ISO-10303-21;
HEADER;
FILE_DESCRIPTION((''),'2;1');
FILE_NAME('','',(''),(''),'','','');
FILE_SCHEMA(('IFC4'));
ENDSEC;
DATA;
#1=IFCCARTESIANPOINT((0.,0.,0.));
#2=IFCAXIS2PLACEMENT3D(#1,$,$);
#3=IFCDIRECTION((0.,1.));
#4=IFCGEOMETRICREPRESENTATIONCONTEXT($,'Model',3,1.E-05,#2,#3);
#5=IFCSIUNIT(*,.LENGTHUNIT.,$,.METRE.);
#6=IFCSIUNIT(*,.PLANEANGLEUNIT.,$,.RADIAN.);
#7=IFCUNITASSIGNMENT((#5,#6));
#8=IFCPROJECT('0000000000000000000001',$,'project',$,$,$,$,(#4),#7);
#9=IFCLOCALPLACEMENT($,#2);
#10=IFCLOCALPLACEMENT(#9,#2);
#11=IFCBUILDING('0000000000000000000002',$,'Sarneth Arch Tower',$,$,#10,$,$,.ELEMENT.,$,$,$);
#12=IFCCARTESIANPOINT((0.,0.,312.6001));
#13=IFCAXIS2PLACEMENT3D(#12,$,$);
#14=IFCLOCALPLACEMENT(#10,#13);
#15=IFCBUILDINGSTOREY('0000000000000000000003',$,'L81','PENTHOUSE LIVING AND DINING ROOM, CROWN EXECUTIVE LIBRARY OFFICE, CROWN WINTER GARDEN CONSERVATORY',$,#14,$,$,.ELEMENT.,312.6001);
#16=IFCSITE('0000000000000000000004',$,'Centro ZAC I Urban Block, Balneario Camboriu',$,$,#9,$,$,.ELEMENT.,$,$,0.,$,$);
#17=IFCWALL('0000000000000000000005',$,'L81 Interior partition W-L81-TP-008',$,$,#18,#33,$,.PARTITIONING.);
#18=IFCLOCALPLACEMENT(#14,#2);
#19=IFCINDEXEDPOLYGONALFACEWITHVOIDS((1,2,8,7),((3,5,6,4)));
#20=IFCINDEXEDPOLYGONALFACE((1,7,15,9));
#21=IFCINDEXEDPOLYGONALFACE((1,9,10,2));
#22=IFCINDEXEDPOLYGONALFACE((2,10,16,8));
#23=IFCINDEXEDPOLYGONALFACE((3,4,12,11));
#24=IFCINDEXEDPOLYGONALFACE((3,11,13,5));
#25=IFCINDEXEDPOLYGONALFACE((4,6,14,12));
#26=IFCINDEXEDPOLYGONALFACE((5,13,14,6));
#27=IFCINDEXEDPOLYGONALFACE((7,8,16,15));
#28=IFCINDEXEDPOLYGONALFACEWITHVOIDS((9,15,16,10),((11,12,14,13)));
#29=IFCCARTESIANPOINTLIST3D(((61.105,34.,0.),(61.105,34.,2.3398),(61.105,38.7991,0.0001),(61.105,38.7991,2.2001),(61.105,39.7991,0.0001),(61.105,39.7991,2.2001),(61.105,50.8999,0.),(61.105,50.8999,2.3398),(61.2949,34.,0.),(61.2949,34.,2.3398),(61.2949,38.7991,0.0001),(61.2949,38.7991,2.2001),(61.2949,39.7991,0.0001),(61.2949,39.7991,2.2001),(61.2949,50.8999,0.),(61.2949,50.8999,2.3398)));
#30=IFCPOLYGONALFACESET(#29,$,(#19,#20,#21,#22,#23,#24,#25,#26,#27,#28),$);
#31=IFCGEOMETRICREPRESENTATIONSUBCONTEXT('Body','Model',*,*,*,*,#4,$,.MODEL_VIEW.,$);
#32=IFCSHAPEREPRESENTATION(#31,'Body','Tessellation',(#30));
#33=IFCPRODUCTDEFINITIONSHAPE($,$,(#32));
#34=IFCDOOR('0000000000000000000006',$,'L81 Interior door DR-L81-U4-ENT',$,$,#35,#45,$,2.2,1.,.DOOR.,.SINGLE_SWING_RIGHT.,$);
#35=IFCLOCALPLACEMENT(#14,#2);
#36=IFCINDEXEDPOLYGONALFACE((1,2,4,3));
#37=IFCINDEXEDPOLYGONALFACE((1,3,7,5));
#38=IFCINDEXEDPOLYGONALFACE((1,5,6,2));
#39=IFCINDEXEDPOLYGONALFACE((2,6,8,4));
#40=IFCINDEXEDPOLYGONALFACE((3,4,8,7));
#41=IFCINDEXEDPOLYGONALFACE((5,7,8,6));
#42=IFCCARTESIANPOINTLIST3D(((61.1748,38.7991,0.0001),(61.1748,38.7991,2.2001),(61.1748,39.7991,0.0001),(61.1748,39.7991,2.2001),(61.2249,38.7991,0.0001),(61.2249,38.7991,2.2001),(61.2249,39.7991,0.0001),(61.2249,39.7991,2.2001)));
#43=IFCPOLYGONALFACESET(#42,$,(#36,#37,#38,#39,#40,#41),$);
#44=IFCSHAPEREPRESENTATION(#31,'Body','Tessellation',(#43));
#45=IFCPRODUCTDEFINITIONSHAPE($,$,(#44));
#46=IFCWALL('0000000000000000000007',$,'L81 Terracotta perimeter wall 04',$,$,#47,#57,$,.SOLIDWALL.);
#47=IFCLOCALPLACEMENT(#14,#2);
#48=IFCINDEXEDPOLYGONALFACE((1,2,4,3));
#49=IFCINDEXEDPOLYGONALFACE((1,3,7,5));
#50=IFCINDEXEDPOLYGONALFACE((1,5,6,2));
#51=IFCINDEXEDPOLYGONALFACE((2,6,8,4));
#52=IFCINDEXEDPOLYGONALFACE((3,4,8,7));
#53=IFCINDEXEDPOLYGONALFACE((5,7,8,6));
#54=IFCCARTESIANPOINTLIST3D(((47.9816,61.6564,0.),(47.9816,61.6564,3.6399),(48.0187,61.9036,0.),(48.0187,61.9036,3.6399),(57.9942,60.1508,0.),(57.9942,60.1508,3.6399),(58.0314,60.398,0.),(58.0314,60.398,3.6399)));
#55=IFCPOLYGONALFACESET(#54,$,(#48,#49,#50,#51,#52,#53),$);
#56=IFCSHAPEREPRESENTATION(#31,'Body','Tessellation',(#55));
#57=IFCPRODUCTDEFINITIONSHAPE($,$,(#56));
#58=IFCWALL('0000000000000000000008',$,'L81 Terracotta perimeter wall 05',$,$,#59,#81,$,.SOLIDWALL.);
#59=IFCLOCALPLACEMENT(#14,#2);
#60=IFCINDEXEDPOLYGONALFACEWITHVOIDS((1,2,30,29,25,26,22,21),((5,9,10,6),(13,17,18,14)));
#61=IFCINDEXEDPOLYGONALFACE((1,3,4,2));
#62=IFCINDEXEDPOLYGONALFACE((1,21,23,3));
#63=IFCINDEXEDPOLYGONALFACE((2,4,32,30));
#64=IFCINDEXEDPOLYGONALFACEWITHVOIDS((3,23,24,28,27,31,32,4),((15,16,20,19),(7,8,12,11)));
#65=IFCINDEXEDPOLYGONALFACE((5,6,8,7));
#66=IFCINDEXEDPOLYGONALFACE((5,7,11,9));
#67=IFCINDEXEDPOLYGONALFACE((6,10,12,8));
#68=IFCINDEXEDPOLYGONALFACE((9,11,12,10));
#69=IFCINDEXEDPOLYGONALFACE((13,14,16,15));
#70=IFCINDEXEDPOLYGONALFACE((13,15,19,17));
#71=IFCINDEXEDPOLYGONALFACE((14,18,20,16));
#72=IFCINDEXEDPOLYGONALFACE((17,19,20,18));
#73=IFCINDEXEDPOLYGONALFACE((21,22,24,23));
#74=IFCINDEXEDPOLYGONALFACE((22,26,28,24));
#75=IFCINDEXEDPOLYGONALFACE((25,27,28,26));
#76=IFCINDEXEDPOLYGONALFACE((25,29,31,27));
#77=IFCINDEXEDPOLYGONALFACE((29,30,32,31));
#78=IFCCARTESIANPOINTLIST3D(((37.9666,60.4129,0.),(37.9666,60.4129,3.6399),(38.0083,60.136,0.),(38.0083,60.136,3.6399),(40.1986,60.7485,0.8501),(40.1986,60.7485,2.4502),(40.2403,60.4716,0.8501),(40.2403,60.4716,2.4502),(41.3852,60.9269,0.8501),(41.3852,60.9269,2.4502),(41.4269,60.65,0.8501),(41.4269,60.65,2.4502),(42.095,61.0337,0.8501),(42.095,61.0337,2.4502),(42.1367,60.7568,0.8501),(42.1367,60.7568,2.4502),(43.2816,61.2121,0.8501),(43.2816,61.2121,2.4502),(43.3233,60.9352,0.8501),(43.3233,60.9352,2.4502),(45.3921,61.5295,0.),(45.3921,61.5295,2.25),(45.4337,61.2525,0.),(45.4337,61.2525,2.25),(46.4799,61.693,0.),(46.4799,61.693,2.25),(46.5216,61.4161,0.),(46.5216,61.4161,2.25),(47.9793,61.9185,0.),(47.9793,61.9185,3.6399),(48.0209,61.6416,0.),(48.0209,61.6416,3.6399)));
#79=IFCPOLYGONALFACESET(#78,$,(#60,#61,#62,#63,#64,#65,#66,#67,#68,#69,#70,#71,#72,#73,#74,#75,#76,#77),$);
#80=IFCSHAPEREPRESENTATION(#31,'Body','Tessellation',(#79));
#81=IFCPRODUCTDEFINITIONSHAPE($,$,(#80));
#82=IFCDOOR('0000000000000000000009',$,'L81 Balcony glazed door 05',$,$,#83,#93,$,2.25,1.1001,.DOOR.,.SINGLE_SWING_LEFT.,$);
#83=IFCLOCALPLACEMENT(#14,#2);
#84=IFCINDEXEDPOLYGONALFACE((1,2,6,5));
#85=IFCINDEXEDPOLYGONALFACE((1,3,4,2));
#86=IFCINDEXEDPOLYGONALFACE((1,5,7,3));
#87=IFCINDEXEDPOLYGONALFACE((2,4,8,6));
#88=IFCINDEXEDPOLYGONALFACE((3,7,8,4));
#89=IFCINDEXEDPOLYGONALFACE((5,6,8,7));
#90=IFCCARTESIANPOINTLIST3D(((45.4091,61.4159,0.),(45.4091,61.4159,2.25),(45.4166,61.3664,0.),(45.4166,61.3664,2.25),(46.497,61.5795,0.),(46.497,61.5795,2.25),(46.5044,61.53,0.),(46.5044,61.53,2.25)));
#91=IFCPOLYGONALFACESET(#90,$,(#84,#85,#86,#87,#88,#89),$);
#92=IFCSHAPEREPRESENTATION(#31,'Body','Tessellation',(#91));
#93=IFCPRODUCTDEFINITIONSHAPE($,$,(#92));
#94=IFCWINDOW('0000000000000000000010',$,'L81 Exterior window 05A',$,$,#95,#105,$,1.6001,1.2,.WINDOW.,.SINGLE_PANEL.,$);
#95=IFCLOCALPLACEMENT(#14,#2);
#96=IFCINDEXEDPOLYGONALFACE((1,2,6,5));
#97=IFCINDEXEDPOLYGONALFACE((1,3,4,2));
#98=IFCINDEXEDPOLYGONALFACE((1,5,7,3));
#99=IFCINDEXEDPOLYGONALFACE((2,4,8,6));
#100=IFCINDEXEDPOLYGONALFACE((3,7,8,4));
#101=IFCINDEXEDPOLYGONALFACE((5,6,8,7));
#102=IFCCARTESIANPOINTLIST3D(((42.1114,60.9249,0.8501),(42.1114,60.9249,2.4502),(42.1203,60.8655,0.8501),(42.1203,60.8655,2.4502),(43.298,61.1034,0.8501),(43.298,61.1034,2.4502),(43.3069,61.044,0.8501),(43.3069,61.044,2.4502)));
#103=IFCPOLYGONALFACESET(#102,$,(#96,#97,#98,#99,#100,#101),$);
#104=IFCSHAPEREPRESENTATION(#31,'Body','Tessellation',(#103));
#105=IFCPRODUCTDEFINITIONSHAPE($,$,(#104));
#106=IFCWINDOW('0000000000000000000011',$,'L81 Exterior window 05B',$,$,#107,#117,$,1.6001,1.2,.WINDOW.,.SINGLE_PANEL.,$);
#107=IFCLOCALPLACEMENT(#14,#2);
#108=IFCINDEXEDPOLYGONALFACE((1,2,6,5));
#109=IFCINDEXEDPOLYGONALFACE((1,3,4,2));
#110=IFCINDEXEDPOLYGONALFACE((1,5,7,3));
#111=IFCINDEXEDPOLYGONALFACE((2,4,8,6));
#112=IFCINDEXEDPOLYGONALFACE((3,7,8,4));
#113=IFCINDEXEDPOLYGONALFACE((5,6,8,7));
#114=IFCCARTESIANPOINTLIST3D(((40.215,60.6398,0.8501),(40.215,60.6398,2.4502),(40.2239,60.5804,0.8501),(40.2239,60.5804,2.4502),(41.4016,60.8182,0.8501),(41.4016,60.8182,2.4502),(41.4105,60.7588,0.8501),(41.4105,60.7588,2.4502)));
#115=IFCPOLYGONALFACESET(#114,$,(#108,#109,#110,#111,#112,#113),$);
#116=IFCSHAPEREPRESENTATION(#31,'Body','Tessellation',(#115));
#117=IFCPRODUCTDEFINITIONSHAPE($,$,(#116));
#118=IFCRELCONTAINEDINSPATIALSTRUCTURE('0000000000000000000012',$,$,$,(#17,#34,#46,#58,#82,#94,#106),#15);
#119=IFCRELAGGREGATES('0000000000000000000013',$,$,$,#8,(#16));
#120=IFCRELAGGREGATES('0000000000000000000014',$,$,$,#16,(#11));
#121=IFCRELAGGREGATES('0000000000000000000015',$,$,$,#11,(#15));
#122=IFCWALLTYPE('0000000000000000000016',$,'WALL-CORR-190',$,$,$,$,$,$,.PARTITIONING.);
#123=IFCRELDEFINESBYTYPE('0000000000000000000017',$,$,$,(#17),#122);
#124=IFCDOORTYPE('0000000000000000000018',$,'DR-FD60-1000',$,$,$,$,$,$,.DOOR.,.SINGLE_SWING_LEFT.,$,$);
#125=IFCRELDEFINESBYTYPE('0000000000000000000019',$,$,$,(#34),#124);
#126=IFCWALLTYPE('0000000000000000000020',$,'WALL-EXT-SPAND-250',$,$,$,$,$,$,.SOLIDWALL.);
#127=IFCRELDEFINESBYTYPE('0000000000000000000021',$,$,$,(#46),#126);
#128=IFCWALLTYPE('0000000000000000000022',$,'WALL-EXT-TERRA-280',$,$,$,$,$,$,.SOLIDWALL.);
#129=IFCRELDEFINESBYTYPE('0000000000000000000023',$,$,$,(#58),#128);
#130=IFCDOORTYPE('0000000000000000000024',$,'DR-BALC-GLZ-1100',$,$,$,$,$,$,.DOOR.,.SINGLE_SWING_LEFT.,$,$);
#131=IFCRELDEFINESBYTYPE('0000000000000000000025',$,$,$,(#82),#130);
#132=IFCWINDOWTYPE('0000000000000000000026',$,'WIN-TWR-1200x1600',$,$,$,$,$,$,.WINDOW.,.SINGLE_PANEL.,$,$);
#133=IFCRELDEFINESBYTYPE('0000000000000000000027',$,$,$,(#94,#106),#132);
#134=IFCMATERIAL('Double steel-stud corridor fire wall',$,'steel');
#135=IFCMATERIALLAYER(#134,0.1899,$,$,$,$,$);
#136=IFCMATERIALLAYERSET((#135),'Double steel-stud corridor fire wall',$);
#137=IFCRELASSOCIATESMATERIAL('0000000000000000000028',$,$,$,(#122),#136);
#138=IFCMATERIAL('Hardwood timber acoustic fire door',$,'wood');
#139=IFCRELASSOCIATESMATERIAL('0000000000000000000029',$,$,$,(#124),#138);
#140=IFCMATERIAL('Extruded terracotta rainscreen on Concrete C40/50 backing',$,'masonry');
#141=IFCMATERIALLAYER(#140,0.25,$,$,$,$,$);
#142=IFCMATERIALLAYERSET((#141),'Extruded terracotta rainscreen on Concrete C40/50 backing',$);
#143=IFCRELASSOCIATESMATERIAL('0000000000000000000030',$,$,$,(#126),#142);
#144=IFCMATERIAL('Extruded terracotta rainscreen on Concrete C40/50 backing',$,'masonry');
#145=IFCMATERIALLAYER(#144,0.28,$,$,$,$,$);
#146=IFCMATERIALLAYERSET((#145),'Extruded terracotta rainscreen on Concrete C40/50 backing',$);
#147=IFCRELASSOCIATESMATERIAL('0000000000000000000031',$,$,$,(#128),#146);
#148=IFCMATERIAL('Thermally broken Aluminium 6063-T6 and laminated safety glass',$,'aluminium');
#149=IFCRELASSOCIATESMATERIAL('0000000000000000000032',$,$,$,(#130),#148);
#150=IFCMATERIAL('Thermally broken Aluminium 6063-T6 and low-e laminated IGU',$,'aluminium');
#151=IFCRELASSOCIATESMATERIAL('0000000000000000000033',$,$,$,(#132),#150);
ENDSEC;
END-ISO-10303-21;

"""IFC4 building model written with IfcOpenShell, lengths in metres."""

from ifc_helpers import new_model, si_unit, direction, frame, frame_2d, origin, place, context, subcontext, project, spatial, rectangle, extrude, material, layer, layer_set, type_object, element, fill, save


model = new_model("IFC4")

# Units and contexts
model_context = context("Model", 3, precision=1e-05, world=origin(), true_north=direction((0.0, 1.0)))
body_context = subcontext(model_context, "Body", "Model", "MODEL_VIEW")
ifc_project = project(units=[si_unit("LENGTHUNIT", "METRE"), si_unit("PLANEANGLEUNIT", "RADIAN")], contexts=[model_context])

# Site, building, storey
site_placement = place(None, origin())
site = spatial("IfcSite", under=ifc_project, at=site_placement, Name="Centro ZAC I Urban Block, Balneario Camboriu", CompositionType="ELEMENT", RefElevation=0.0)
building_placement = place(site_placement, origin())
building = spatial("IfcBuilding", under=site, at=building_placement, Name="Sarneth Arch Tower", CompositionType="ELEMENT")
storey_placement = place(building_placement, frame((0.0, 0.0, 312.6001)))
storey = spatial("IfcBuildingStorey", under=building, at=storey_placement, Name="L81", Description="PENTHOUSE LIVING AND DINING ROOM, CROWN EXECUTIVE LIBRARY OFFICE, CROWN WINTER GARDEN CONSERVATORY", CompositionType="ELEMENT", Elevation=312.6001)

# Wall, opening, door
ifc_material_1 = material(Name="Double steel-stud corridor fire wall", Category="steel")
ifc_layer_1 = layer(ifc_material_1, 0.1899)
ifc_layer_set_1 = layer_set([ifc_layer_1], Name="Double steel-stud corridor fire wall")
wall_type_1 = type_object("IfcWallType", Name="WALL-CORR-190", PredefinedType="PARTITIONING", material=ifc_layer_set_1)
wall_1_placement = place(storey_placement, frame((61.2, 50.8999, 0.0), z_axis=(0.0, 0.0, 1.0), x_axis=(0.0, -1.0, 0.0)))
wall_1 = element("IfcWall", 1, at=wall_1_placement, inside=storey, type_object=wall_type_1, Name="L81 Interior partition W-L81-TP-008", PredefinedType="PARTITIONING", context=body_context, shape_type="SweptSolid", body=[
    extrude(rectangle(XDim=16.8999, YDim=0.1899, at=frame_2d((8.45, 0.0))), origin(), (0.0, 0.0, 1.0), 2.3398),
])
opening_1_placement = place(wall_1_placement, frame((11.1008, 0.0, 0.0)))
opening_1 = element("IfcOpeningElement", 2, at=opening_1_placement, cuts=wall_1, PredefinedType="OPENING", context=body_context, shape_type="SweptSolid", body=[
    extrude(rectangle(XDim=1.0, YDim=2.2, at=frame_2d((0.5, 1.1001))), frame((0.0, 0.105, 0.0), z_axis=(0.0, -1.0, 0.0), x_axis=(1.0, 0.0, 0.0)), (0.0, 0.0, 1.0), 0.21),
])
ifc_material_2 = material(Name="Hardwood timber acoustic fire door", Category="wood")
door_type_1 = type_object("IfcDoorType", Name="DR-FD60-1000", OperationType="SINGLE_SWING_LEFT", PredefinedType="DOOR", material=ifc_material_2)
door_1_placement = place(opening_1_placement, origin())
door_1 = element("IfcDoor", 3, at=door_1_placement, inside=storey, type_object=door_type_1, Name="L81 Interior door DR-L81-U4-ENT", OperationType="SINGLE_SWING_RIGHT", OverallHeight=2.2, OverallWidth=1.0, PredefinedType="DOOR", context=body_context, shape_type="SweptSolid", body=[
    extrude(rectangle(XDim=1.0, YDim=2.2, at=frame_2d((0.5, 1.1001))), frame((0.0, 0.0249, 0.0), z_axis=(0.0, -1.0, 0.0), x_axis=(1.0, 0.0, 0.0)), (0.0, 0.0, 1.0), 0.05),
])
fill(opening_1, door_1)

# Wall
ifc_material_3 = material(Name="Extruded terracotta rainscreen on Concrete C40/50 backing", Category="masonry")
ifc_layer_2 = layer(ifc_material_3, 0.25)
ifc_layer_set_2 = layer_set([ifc_layer_2], Name="Extruded terracotta rainscreen on Concrete C40/50 backing")
wall_type_2 = type_object("IfcWallType", Name="WALL-EXT-SPAND-250", PredefinedType="SOLIDWALL", material=ifc_layer_set_2)
wall_2_placement = place(storey_placement, frame((58.0127, 60.2744, 0.0), z_axis=(0.0, 0.0, 1.0), x_axis=(-0.988883, 0.148699, 0.0)))
element("IfcWall", 4, at=wall_2_placement, inside=storey, type_object=wall_type_2, Name="L81 Terracotta perimeter wall 04", PredefinedType="SOLIDWALL", context=body_context, shape_type="SweptSolid", body=[
    extrude(rectangle(XDim=10.1252, YDim=0.25, at=frame_2d((5.0625, 0.0))), origin(), (0.0, 0.0, 1.0), 3.6399),
])

# Wall, openings, door, windows
ifc_material_4 = material(Name="Extruded terracotta rainscreen on Concrete C40/50 backing", Category="masonry")
ifc_layer_3 = layer(ifc_material_4, 0.28)
ifc_layer_set_3 = layer_set([ifc_layer_3], Name="Extruded terracotta rainscreen on Concrete C40/50 backing")
wall_type_3 = type_object("IfcWallType", Name="WALL-EXT-TERRA-280", PredefinedType="SOLIDWALL", material=ifc_layer_set_3)
wall_3_placement = place(storey_placement, frame((48.0, 61.78, 0.0), z_axis=(0.0, 0.0, 1.0), x_axis=(-0.988883, -0.148699, 0.0)))
wall_3 = element("IfcWall", 5, at=wall_3_placement, inside=storey, type_object=wall_type_3, Name="L81 Terracotta perimeter wall 05", PredefinedType="SOLIDWALL", context=body_context, shape_type="SweptSolid", body=[
    extrude(rectangle(XDim=10.1252, YDim=0.28, at=frame_2d((5.0625, 0.0))), origin(), (0.0, 0.0, 1.0), 3.6399),
])
opening_2_placement = place(wall_3_placement, frame((1.5161, 0.0, 0.0)))
opening_2 = element("IfcOpeningElement", 6, at=opening_2_placement, cuts=wall_3, PredefinedType="OPENING", context=body_context, shape_type="SweptSolid", body=[
    extrude(rectangle(XDim=1.1001, YDim=2.25, at=frame_2d((0.55, 1.125))), frame((0.0, 0.1499, 0.0), z_axis=(0.0, -1.0, 0.0), x_axis=(1.0, 0.0, 0.0)), (0.0, 0.0, 1.0), 0.3),
])
opening_3_placement = place(wall_3_placement, frame((4.7502, 0.0, 0.8501)))
opening_3 = element("IfcOpeningElement", 7, at=opening_3_placement, cuts=wall_3, PredefinedType="OPENING", context=body_context, shape_type="SweptSolid", body=[
    extrude(rectangle(XDim=1.2, YDim=1.6001, at=frame_2d((0.6001, 0.8))), frame((0.0, 0.1499, 0.0), z_axis=(0.0, -1.0, 0.0), x_axis=(1.0, 0.0, 0.0)), (0.0, 0.0, 1.0), 0.3),
])
opening_4_placement = place(wall_3_placement, frame((6.668, 0.0, 0.8501)))
opening_4 = element("IfcOpeningElement", 8, at=opening_4_placement, cuts=wall_3, PredefinedType="OPENING", context=body_context, shape_type="SweptSolid", body=[
    extrude(rectangle(XDim=1.2, YDim=1.6001, at=frame_2d((0.6001, 0.8))), frame((0.0, 0.1499, 0.0), z_axis=(0.0, -1.0, 0.0), x_axis=(1.0, 0.0, 0.0)), (0.0, 0.0, 1.0), 0.3),
])
ifc_material_5 = material(Name="Thermally broken Aluminium 6063-T6 and laminated safety glass", Category="aluminium")
door_type_2 = type_object("IfcDoorType", Name="DR-BALC-GLZ-1100", OperationType="SINGLE_SWING_LEFT", PredefinedType="DOOR", material=ifc_material_5)
door_2_placement = place(opening_2_placement, origin())
door_2 = element("IfcDoor", 9, at=door_2_placement, inside=storey, type_object=door_type_2, Name="L81 Balcony glazed door 05", OperationType="SINGLE_SWING_LEFT", OverallHeight=2.25, OverallWidth=1.1001, PredefinedType="DOOR", context=body_context, shape_type="SweptSolid", body=[
    extrude(rectangle(XDim=1.1001, YDim=2.25, at=frame_2d((0.55, 1.125))), frame((0.0, 0.0249, 0.0), z_axis=(0.0, -1.0, 0.0), x_axis=(1.0, 0.0, 0.0)), (0.0, 0.0, 1.0), 0.05),
])
fill(opening_2, door_2)
ifc_material_6 = material(Name="Thermally broken Aluminium 6063-T6 and low-e laminated IGU", Category="aluminium")
window_type = type_object("IfcWindowType", Name="WIN-TWR-1200x1600", PartitioningType="SINGLE_PANEL", PredefinedType="WINDOW", material=ifc_material_6)
window_1_placement = place(opening_3_placement, origin())
window_1 = element("IfcWindow", 10, at=window_1_placement, inside=storey, type_object=window_type, Name="L81 Exterior window 05A", OverallHeight=1.6001, OverallWidth=1.2, PartitioningType="SINGLE_PANEL", PredefinedType="WINDOW", context=body_context, shape_type="SweptSolid", body=[
    extrude(rectangle(XDim=1.2, YDim=1.6001, at=frame_2d((0.6001, 0.8))), frame((0.0, 0.03, 0.0), z_axis=(0.0, -1.0, 0.0), x_axis=(1.0, 0.0, 0.0)), (0.0, 0.0, 1.0), 0.0601),
])
fill(opening_3, window_1)
window_2_placement = place(opening_4_placement, origin())
window_2 = element("IfcWindow", 11, at=window_2_placement, inside=storey, type_object=window_type, Name="L81 Exterior window 05B", OverallHeight=1.6001, OverallWidth=1.2, PartitioningType="SINGLE_PANEL", PredefinedType="WINDOW", context=body_context, shape_type="SweptSolid", body=[
    extrude(rectangle(XDim=1.2, YDim=1.6001, at=frame_2d((0.6001, 0.8))), frame((0.0, 0.03, 0.0), z_axis=(0.0, -1.0, 0.0), x_axis=(1.0, 0.0, 0.0)), (0.0, 0.0, 1.0), 0.0601),
])
fill(opening_4, window_2)

save(model, "model.ifc")
